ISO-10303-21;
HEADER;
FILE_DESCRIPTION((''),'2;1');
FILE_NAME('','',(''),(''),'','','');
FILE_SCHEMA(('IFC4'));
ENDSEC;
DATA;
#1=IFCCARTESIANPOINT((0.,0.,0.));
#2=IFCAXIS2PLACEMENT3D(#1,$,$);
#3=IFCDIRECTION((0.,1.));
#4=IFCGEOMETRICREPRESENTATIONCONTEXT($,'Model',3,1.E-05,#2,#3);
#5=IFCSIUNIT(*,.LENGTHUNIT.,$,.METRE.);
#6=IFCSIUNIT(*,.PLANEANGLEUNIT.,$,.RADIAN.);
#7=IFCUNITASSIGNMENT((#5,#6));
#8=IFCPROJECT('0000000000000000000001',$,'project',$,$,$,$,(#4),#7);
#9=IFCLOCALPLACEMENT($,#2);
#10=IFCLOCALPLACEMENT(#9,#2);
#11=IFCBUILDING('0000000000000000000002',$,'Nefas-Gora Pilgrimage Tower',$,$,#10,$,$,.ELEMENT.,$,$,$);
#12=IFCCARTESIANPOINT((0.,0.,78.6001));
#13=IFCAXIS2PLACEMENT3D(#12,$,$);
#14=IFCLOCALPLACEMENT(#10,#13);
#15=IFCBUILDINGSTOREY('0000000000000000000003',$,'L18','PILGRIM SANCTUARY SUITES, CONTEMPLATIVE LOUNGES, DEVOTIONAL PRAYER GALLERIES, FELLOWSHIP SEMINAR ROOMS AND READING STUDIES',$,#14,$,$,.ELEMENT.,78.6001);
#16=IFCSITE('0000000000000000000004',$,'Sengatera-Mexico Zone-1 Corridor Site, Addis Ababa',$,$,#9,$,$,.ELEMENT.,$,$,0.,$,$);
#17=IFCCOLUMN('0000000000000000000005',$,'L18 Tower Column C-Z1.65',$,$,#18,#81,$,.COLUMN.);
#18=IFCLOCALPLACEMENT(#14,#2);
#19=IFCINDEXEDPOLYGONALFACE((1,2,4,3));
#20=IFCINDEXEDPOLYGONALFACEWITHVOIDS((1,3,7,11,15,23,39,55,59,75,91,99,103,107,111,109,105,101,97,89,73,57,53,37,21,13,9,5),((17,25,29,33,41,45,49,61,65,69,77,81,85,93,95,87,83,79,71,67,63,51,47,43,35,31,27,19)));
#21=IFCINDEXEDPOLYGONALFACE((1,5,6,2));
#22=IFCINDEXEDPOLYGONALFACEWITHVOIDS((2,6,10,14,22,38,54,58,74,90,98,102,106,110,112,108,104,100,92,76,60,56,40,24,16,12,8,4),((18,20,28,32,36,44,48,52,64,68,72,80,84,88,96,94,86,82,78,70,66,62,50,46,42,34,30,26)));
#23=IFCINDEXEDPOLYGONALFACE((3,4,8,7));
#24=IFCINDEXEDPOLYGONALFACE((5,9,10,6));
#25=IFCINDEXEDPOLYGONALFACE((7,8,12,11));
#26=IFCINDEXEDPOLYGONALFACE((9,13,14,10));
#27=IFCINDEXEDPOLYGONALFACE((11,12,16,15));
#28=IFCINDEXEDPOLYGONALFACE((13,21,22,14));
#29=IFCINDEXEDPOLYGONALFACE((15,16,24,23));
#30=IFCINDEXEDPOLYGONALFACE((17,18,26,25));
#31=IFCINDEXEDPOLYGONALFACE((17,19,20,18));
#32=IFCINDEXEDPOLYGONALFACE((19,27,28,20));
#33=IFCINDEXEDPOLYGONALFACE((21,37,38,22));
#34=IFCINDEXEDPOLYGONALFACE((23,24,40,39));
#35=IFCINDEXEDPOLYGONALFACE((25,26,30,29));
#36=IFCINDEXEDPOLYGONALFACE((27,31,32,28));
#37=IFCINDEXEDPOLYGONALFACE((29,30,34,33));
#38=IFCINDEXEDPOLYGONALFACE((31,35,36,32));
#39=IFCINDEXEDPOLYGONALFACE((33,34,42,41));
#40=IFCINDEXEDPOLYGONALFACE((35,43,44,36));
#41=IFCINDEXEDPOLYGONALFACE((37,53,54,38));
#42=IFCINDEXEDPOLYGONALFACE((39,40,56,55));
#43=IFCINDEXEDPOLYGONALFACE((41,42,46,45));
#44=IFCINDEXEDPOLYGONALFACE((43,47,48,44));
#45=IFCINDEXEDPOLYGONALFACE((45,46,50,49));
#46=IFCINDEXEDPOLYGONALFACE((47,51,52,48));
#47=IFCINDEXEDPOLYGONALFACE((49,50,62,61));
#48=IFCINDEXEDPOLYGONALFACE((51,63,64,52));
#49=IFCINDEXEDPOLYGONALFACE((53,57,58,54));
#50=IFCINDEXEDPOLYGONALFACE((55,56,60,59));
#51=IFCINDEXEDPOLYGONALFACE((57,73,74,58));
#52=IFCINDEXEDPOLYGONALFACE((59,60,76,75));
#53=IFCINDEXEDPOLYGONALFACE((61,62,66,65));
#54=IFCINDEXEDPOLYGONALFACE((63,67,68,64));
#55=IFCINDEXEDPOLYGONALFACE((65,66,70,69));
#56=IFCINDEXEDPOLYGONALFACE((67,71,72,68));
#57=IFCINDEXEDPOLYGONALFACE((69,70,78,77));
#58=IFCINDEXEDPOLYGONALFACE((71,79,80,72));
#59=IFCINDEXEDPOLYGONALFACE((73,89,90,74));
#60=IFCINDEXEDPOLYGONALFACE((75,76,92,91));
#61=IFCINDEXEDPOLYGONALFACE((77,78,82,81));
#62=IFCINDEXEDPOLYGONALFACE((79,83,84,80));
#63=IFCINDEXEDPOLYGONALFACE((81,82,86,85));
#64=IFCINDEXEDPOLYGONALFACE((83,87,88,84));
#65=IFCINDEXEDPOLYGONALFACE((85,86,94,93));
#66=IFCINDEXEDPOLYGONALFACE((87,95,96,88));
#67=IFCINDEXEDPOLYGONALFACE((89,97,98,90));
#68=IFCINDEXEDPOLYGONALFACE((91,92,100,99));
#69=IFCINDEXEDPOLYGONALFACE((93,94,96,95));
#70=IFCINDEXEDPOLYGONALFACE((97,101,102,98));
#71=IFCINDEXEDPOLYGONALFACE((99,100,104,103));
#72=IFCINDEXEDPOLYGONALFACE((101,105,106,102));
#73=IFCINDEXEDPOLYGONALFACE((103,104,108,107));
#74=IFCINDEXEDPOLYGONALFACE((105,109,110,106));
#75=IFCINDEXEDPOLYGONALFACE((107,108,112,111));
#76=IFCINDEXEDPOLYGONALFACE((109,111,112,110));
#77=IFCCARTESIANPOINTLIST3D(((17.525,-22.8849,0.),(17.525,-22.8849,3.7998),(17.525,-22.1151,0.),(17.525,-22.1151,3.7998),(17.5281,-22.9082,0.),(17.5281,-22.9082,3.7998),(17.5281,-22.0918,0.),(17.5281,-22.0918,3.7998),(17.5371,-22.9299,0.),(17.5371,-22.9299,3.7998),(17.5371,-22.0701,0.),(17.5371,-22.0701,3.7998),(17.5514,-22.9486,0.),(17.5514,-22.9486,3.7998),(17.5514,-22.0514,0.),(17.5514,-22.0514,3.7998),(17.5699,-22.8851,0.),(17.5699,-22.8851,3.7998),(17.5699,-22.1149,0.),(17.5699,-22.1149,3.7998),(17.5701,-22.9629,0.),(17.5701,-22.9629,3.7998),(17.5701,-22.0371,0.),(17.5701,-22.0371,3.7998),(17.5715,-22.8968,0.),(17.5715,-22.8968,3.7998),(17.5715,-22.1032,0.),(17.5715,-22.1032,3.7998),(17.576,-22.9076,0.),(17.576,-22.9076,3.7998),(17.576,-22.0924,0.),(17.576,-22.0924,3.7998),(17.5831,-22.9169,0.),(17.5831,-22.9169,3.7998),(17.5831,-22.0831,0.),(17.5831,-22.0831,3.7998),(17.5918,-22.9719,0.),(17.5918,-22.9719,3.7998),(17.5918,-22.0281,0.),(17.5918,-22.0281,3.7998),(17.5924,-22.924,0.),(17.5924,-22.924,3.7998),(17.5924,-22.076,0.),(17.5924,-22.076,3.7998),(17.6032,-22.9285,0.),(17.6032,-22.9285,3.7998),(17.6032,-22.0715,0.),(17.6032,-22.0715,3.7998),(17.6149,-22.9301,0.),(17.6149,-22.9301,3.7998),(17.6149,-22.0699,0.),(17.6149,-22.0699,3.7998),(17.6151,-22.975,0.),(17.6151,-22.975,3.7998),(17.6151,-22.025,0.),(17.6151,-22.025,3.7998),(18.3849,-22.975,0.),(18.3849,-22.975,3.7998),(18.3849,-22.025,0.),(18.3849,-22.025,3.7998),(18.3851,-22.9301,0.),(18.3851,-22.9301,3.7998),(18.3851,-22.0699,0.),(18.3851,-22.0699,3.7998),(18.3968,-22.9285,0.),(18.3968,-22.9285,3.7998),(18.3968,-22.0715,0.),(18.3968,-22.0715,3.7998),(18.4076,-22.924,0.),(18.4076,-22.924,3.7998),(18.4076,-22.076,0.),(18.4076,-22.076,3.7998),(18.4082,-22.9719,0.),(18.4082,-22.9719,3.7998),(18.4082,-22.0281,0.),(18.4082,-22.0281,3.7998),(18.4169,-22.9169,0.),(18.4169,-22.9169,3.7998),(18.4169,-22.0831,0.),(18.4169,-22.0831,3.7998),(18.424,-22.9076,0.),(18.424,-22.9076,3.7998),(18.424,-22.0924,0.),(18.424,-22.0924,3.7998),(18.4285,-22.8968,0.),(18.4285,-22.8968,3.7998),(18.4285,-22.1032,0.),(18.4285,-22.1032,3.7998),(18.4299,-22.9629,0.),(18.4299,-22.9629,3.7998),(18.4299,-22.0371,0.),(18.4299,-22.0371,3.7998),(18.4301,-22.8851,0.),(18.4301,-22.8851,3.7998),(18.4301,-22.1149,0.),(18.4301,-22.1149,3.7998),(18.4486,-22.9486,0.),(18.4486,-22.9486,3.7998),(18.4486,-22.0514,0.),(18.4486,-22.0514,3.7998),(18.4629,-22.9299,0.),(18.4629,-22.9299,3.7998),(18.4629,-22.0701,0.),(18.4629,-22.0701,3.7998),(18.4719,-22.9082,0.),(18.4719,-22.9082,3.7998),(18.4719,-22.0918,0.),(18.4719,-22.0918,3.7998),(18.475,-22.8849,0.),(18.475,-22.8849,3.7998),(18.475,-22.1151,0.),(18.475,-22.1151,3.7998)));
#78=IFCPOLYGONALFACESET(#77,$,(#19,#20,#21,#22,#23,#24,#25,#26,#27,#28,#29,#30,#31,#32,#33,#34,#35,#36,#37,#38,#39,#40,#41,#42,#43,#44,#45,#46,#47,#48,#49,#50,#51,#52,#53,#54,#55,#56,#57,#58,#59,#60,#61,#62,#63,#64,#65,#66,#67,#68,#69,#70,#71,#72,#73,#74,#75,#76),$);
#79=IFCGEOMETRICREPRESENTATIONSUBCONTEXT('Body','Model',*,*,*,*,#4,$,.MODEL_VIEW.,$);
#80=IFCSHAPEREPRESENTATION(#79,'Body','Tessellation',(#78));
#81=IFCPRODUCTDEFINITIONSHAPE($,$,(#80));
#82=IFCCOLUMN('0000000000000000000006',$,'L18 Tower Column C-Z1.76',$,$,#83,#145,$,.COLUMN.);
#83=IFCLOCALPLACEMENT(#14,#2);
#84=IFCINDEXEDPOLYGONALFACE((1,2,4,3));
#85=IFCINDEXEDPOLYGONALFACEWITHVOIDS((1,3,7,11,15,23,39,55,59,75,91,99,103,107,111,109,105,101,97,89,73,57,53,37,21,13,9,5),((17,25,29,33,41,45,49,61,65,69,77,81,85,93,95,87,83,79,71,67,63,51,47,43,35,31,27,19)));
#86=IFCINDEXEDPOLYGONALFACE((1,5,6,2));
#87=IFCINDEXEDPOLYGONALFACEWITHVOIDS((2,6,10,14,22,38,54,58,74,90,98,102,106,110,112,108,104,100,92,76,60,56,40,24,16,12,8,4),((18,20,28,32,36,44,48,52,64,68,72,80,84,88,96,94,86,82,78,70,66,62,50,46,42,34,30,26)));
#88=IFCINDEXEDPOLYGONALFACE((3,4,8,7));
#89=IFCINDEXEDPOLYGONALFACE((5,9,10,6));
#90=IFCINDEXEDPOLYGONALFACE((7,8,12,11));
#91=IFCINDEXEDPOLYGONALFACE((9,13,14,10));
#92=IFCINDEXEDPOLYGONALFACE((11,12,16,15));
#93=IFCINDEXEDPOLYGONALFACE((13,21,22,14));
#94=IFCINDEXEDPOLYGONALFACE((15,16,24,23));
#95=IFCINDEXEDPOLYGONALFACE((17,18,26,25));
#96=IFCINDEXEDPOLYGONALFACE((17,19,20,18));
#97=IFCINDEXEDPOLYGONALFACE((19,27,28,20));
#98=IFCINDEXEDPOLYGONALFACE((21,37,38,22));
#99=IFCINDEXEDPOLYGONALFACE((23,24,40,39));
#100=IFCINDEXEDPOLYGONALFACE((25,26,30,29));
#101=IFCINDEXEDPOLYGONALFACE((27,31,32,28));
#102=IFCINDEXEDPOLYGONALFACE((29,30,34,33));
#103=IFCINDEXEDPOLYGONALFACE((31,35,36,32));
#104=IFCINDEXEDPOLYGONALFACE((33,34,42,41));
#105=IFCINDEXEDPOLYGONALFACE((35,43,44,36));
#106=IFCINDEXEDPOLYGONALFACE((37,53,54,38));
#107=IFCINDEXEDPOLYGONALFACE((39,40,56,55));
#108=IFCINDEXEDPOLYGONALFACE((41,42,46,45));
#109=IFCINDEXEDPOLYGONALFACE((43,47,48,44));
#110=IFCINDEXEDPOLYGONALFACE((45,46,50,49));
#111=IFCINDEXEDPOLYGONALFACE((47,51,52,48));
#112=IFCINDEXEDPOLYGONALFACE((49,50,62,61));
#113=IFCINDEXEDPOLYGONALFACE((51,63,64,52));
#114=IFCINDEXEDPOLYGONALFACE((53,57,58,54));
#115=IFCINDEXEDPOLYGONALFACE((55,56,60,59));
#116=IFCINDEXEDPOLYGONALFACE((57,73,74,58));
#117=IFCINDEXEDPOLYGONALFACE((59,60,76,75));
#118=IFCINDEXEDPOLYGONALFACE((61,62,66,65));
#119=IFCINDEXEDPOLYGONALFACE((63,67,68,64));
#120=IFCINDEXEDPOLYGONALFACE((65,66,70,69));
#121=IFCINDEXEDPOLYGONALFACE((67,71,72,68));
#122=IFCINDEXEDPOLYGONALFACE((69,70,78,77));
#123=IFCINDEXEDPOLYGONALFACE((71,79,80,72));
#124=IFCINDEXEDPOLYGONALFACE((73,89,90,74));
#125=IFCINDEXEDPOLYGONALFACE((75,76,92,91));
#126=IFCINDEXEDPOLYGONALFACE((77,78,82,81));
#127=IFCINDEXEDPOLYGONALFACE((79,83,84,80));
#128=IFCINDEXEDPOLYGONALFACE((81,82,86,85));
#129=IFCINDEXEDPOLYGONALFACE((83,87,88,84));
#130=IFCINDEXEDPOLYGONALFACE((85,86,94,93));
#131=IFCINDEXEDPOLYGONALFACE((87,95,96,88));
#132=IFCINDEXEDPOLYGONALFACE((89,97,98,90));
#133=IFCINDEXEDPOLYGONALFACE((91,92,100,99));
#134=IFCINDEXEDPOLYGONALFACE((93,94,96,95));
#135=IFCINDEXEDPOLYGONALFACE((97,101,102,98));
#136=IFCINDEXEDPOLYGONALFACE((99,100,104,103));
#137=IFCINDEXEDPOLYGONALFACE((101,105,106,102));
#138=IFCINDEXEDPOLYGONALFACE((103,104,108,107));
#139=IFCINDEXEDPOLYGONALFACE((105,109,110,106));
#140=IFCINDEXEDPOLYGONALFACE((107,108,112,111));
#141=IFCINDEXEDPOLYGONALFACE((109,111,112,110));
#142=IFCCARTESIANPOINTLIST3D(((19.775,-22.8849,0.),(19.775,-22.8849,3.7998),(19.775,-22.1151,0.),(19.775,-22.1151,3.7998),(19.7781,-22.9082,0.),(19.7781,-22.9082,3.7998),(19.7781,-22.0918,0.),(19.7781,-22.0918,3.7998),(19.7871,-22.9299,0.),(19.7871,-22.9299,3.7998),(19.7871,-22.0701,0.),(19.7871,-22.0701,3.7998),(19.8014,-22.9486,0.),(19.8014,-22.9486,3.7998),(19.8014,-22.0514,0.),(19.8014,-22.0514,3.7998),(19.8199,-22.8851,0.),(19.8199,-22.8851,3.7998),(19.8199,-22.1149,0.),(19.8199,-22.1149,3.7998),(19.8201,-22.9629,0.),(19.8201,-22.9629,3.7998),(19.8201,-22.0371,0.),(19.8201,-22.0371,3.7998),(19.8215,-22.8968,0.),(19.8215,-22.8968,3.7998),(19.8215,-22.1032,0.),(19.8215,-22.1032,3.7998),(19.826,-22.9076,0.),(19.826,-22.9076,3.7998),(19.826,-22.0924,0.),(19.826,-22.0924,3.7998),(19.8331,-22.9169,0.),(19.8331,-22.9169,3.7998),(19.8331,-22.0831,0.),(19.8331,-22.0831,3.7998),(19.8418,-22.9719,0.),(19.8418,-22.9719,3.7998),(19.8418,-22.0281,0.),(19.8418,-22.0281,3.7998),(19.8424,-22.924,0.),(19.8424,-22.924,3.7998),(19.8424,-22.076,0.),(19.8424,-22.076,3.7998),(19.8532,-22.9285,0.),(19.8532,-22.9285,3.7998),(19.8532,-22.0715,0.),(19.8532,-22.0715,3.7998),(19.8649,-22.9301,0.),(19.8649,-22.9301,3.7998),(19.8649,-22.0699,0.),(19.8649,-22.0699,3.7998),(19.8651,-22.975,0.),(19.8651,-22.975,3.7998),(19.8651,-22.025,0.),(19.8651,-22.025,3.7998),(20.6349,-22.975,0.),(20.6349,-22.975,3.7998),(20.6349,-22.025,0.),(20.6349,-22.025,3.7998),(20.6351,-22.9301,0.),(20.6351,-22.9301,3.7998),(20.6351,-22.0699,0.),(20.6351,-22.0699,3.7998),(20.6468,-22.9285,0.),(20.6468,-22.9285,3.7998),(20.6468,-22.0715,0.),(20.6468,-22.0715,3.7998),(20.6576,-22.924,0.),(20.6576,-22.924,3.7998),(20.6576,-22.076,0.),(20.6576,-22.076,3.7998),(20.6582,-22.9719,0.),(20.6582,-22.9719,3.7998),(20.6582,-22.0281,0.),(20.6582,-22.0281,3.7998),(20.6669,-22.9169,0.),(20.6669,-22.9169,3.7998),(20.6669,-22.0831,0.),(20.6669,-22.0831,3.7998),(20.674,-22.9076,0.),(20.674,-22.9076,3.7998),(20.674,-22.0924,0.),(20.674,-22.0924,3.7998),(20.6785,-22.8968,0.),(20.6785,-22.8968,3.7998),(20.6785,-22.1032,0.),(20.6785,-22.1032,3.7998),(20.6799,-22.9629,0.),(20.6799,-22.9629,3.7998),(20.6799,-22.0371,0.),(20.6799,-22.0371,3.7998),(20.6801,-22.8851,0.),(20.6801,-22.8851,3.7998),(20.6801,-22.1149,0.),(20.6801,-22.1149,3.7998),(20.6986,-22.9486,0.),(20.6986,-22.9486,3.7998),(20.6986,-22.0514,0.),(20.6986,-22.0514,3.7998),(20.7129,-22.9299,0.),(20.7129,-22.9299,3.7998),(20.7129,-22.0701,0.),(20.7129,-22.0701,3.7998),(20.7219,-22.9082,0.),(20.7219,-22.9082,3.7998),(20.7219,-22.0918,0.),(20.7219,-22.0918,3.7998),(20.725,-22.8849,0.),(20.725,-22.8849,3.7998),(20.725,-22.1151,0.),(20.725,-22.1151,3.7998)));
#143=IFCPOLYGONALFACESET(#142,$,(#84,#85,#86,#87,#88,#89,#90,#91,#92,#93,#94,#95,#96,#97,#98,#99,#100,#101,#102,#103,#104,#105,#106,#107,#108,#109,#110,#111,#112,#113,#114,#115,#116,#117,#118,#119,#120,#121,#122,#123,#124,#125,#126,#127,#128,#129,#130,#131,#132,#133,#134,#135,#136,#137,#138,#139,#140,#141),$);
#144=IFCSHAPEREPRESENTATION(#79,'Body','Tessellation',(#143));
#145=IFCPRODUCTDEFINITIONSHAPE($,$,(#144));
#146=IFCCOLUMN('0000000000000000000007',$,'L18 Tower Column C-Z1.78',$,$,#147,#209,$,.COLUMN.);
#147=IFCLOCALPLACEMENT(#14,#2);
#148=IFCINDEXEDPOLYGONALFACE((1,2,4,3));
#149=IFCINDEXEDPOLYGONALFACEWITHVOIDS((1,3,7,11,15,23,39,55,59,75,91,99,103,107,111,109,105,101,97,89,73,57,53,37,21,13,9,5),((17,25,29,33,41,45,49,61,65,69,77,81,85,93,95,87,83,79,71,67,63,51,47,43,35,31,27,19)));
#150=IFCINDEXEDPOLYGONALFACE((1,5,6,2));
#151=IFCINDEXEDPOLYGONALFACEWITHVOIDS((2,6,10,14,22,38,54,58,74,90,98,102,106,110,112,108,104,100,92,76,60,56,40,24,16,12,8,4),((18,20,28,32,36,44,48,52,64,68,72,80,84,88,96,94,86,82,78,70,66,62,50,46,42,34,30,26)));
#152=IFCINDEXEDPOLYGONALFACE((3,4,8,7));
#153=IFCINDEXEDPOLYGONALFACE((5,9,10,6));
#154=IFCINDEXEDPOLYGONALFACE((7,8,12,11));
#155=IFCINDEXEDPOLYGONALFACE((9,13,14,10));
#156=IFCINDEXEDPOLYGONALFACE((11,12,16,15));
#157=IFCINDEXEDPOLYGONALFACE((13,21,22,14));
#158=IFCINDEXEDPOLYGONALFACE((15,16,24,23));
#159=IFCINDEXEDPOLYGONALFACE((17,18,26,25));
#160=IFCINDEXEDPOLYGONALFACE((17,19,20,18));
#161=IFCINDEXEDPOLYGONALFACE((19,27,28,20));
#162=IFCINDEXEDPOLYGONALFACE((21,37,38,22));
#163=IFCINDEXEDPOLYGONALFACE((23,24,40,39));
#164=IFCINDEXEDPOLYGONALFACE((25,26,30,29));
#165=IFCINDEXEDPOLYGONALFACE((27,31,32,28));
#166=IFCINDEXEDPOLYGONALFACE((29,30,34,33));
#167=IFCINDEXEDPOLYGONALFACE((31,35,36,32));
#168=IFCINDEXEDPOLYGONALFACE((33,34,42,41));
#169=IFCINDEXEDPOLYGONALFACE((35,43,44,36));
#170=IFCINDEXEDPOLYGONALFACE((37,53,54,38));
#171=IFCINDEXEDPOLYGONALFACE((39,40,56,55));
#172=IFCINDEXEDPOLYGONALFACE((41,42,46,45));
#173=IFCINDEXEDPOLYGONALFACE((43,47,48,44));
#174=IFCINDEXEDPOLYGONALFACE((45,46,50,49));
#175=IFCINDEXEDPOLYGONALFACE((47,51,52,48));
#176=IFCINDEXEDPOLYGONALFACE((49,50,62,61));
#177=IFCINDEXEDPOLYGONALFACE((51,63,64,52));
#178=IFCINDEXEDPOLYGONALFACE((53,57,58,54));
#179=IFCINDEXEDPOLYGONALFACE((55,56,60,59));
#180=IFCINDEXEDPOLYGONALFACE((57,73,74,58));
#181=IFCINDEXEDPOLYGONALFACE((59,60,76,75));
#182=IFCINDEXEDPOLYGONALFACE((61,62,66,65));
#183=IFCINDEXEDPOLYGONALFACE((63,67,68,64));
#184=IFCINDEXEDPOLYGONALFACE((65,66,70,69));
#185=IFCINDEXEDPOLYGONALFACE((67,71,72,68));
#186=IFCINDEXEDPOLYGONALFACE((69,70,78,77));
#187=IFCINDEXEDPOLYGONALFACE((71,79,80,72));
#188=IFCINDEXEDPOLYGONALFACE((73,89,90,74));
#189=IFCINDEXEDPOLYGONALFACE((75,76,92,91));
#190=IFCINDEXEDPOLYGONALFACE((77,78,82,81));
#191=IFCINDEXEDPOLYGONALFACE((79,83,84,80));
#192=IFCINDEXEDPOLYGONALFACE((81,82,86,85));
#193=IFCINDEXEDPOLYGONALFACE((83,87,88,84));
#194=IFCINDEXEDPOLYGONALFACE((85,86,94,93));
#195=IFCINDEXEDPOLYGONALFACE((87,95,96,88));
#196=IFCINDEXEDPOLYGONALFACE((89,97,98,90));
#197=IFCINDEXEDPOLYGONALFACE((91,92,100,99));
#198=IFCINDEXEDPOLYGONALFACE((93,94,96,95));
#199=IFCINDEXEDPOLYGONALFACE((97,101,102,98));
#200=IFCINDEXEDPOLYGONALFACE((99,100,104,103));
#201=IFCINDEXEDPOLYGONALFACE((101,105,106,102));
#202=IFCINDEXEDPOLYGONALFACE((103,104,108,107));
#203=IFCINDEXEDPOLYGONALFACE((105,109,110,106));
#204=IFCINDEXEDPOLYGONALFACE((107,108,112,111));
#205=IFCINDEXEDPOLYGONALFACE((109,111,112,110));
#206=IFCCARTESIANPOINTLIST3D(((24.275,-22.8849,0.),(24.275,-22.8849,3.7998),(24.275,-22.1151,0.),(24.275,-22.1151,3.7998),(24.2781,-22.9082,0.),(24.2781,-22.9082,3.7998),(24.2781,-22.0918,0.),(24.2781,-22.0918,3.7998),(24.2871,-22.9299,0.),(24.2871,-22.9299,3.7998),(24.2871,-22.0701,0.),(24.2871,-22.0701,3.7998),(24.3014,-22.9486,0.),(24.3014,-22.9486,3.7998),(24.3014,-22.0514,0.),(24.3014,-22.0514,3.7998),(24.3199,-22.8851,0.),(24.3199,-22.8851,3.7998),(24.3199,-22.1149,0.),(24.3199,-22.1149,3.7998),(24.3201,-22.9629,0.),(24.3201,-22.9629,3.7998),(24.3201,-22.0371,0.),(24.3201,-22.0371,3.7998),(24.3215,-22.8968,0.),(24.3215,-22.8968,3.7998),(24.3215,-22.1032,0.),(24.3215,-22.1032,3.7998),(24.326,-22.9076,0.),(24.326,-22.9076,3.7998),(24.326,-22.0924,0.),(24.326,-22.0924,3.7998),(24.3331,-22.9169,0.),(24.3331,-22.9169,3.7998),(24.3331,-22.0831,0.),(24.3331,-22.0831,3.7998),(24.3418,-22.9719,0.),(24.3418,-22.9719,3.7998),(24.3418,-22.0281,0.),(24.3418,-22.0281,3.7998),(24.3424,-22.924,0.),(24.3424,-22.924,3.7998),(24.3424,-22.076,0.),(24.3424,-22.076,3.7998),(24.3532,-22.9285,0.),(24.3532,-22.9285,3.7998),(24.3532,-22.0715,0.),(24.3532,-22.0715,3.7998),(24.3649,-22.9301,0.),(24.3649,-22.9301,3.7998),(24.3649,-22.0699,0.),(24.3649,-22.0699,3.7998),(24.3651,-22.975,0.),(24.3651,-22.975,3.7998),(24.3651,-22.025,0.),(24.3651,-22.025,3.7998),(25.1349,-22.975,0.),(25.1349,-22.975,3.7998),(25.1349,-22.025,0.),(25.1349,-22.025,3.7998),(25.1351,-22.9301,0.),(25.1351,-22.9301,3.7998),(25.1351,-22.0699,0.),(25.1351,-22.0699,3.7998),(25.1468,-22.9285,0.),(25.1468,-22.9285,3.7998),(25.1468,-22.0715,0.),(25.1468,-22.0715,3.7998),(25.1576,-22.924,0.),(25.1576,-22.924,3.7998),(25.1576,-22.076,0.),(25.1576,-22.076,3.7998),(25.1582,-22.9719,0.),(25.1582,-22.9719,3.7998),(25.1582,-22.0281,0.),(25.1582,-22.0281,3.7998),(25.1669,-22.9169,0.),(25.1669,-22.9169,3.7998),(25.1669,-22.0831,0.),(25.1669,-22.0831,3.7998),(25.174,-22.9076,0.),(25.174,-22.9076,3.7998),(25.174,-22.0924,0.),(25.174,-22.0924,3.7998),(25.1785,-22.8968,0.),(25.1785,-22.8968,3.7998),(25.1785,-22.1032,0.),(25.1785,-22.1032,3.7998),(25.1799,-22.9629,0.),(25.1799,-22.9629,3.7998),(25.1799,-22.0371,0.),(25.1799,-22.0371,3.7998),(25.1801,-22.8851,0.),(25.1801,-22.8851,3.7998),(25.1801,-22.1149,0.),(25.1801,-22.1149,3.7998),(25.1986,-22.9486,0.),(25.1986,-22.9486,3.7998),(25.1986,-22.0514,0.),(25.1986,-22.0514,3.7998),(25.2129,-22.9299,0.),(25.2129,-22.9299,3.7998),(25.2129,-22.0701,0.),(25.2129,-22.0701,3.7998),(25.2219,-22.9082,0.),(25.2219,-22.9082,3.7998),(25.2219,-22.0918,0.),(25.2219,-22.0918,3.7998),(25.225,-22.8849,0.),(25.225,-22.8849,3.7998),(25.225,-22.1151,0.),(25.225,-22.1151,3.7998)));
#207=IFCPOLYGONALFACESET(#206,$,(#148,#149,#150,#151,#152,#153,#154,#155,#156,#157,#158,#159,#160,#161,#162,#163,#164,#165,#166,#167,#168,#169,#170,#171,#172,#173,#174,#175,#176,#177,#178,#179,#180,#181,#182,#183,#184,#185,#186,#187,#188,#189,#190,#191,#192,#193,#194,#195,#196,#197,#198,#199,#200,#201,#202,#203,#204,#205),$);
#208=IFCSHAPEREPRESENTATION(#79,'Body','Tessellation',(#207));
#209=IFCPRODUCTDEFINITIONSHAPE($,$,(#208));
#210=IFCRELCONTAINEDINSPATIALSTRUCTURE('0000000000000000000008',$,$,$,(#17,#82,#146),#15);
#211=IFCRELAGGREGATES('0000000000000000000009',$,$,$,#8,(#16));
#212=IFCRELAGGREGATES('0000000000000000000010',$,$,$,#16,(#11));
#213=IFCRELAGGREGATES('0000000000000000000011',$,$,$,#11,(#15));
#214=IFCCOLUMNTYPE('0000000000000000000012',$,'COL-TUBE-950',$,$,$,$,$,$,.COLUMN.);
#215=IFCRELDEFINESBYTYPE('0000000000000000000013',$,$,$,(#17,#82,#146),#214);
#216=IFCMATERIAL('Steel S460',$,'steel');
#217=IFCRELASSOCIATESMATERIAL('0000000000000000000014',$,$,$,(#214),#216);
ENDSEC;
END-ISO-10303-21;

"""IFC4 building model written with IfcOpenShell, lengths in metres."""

from ifc_helpers import new_model, si_unit, direction, frame, origin, origin_2d, place, context, subcontext, project, spatial, hollow_rectangle, extrude, source, transform, mapped, material, material_profile, profile_set, type_object, element, save


model = new_model("IFC4")

# Units and contexts
model_context = context("Model", 3, precision=1e-05, world=origin(), true_north=direction((0.0, 1.0)))
body_context = subcontext(model_context, "Body", "Model", "MODEL_VIEW")
ifc_project = project(units=[si_unit("LENGTHUNIT", "METRE"), si_unit("PLANEANGLEUNIT", "RADIAN")], contexts=[model_context])

# Site, building, storey
site_placement = place(None, origin())
site = spatial("IfcSite", under=ifc_project, at=site_placement, Name="Sengatera-Mexico Zone-1 Corridor Site, Addis Ababa", CompositionType="ELEMENT", RefElevation=0.0)
building_placement = place(site_placement, origin())
building = spatial("IfcBuilding", under=site, at=building_placement, Name="Nefas-Gora Pilgrimage Tower", CompositionType="ELEMENT")
storey_placement = place(building_placement, frame((0.0, 0.0, 78.6001)))
storey = spatial("IfcBuildingStorey", under=building, at=storey_placement, Name="L18", Description="PILGRIM SANCTUARY SUITES, CONTEMPLATIVE LOUNGES, DEVOTIONAL PRAYER GALLERIES, FELLOWSHIP SEMINAR ROOMS AND READING STUDIES", CompositionType="ELEMENT", Elevation=78.6001)

# Columns
ifc_material_1 = material(Name="Steel S460", Category="steel")
ifc_material_profile_1 = material_profile(ifc_material_1, hollow_rectangle(XDim=0.95, YDim=0.95, WallThickness=0.0449, InnerFilletRadius=0.0449, OuterFilletRadius=0.0901, at=origin_2d()), Name="BOX 950x950x45")
ifc_profile_set_1 = profile_set([ifc_material_profile_1], Name="Steel S460")
column_type_1 = type_object("IfcColumnType", Name="COL-TUBE-950", PredefinedType="COLUMN", material=ifc_profile_set_1)
shared_shape_1 = source(origin(), body_context, "Body", "SweptSolid", [
    extrude(hollow_rectangle(XDim=0.95, YDim=0.95, WallThickness=0.0449, InnerFilletRadius=0.0449, OuterFilletRadius=0.0901, at=origin_2d()), origin(), (0.0, 0.0, 1.0), 3.7998),
])
for number, where, z_axis, x_axis, name in (
    (1, (18.0, -22.5, 0.0), (0.0, 0.0, 1.0), (1.0, 0.0, 0.0), "L18 Tower Column C-Z1.65"),
    (2, (20.25, -22.5, 0.0), (0.0, 0.0, 1.0), (1.0, 0.0, 0.0), "L18 Tower Column C-Z1.76"),
    (3, (24.75, -22.5, 0.0), (0.0, 0.0, 1.0), (1.0, 0.0, 0.0), "L18 Tower Column C-Z1.78"),
):
    element("IfcColumn", number, at=place(storey_placement, frame(where, z_axis=z_axis, x_axis=x_axis)), inside=storey, type_object=column_type_1, Name=name, PredefinedType="COLUMN", context=body_context, shape_type="MappedRepresentation", body=[
        mapped(shared_shape_1, transform((0.0, 0.0, 0.0), x_axis=(1.0, 0.0, 0.0), y_axis=(0.0, 1.0, 0.0), z_axis=(0.0, 0.0, 1.0), scale=1.0)),
    ])

save(model, "model.ifc")
